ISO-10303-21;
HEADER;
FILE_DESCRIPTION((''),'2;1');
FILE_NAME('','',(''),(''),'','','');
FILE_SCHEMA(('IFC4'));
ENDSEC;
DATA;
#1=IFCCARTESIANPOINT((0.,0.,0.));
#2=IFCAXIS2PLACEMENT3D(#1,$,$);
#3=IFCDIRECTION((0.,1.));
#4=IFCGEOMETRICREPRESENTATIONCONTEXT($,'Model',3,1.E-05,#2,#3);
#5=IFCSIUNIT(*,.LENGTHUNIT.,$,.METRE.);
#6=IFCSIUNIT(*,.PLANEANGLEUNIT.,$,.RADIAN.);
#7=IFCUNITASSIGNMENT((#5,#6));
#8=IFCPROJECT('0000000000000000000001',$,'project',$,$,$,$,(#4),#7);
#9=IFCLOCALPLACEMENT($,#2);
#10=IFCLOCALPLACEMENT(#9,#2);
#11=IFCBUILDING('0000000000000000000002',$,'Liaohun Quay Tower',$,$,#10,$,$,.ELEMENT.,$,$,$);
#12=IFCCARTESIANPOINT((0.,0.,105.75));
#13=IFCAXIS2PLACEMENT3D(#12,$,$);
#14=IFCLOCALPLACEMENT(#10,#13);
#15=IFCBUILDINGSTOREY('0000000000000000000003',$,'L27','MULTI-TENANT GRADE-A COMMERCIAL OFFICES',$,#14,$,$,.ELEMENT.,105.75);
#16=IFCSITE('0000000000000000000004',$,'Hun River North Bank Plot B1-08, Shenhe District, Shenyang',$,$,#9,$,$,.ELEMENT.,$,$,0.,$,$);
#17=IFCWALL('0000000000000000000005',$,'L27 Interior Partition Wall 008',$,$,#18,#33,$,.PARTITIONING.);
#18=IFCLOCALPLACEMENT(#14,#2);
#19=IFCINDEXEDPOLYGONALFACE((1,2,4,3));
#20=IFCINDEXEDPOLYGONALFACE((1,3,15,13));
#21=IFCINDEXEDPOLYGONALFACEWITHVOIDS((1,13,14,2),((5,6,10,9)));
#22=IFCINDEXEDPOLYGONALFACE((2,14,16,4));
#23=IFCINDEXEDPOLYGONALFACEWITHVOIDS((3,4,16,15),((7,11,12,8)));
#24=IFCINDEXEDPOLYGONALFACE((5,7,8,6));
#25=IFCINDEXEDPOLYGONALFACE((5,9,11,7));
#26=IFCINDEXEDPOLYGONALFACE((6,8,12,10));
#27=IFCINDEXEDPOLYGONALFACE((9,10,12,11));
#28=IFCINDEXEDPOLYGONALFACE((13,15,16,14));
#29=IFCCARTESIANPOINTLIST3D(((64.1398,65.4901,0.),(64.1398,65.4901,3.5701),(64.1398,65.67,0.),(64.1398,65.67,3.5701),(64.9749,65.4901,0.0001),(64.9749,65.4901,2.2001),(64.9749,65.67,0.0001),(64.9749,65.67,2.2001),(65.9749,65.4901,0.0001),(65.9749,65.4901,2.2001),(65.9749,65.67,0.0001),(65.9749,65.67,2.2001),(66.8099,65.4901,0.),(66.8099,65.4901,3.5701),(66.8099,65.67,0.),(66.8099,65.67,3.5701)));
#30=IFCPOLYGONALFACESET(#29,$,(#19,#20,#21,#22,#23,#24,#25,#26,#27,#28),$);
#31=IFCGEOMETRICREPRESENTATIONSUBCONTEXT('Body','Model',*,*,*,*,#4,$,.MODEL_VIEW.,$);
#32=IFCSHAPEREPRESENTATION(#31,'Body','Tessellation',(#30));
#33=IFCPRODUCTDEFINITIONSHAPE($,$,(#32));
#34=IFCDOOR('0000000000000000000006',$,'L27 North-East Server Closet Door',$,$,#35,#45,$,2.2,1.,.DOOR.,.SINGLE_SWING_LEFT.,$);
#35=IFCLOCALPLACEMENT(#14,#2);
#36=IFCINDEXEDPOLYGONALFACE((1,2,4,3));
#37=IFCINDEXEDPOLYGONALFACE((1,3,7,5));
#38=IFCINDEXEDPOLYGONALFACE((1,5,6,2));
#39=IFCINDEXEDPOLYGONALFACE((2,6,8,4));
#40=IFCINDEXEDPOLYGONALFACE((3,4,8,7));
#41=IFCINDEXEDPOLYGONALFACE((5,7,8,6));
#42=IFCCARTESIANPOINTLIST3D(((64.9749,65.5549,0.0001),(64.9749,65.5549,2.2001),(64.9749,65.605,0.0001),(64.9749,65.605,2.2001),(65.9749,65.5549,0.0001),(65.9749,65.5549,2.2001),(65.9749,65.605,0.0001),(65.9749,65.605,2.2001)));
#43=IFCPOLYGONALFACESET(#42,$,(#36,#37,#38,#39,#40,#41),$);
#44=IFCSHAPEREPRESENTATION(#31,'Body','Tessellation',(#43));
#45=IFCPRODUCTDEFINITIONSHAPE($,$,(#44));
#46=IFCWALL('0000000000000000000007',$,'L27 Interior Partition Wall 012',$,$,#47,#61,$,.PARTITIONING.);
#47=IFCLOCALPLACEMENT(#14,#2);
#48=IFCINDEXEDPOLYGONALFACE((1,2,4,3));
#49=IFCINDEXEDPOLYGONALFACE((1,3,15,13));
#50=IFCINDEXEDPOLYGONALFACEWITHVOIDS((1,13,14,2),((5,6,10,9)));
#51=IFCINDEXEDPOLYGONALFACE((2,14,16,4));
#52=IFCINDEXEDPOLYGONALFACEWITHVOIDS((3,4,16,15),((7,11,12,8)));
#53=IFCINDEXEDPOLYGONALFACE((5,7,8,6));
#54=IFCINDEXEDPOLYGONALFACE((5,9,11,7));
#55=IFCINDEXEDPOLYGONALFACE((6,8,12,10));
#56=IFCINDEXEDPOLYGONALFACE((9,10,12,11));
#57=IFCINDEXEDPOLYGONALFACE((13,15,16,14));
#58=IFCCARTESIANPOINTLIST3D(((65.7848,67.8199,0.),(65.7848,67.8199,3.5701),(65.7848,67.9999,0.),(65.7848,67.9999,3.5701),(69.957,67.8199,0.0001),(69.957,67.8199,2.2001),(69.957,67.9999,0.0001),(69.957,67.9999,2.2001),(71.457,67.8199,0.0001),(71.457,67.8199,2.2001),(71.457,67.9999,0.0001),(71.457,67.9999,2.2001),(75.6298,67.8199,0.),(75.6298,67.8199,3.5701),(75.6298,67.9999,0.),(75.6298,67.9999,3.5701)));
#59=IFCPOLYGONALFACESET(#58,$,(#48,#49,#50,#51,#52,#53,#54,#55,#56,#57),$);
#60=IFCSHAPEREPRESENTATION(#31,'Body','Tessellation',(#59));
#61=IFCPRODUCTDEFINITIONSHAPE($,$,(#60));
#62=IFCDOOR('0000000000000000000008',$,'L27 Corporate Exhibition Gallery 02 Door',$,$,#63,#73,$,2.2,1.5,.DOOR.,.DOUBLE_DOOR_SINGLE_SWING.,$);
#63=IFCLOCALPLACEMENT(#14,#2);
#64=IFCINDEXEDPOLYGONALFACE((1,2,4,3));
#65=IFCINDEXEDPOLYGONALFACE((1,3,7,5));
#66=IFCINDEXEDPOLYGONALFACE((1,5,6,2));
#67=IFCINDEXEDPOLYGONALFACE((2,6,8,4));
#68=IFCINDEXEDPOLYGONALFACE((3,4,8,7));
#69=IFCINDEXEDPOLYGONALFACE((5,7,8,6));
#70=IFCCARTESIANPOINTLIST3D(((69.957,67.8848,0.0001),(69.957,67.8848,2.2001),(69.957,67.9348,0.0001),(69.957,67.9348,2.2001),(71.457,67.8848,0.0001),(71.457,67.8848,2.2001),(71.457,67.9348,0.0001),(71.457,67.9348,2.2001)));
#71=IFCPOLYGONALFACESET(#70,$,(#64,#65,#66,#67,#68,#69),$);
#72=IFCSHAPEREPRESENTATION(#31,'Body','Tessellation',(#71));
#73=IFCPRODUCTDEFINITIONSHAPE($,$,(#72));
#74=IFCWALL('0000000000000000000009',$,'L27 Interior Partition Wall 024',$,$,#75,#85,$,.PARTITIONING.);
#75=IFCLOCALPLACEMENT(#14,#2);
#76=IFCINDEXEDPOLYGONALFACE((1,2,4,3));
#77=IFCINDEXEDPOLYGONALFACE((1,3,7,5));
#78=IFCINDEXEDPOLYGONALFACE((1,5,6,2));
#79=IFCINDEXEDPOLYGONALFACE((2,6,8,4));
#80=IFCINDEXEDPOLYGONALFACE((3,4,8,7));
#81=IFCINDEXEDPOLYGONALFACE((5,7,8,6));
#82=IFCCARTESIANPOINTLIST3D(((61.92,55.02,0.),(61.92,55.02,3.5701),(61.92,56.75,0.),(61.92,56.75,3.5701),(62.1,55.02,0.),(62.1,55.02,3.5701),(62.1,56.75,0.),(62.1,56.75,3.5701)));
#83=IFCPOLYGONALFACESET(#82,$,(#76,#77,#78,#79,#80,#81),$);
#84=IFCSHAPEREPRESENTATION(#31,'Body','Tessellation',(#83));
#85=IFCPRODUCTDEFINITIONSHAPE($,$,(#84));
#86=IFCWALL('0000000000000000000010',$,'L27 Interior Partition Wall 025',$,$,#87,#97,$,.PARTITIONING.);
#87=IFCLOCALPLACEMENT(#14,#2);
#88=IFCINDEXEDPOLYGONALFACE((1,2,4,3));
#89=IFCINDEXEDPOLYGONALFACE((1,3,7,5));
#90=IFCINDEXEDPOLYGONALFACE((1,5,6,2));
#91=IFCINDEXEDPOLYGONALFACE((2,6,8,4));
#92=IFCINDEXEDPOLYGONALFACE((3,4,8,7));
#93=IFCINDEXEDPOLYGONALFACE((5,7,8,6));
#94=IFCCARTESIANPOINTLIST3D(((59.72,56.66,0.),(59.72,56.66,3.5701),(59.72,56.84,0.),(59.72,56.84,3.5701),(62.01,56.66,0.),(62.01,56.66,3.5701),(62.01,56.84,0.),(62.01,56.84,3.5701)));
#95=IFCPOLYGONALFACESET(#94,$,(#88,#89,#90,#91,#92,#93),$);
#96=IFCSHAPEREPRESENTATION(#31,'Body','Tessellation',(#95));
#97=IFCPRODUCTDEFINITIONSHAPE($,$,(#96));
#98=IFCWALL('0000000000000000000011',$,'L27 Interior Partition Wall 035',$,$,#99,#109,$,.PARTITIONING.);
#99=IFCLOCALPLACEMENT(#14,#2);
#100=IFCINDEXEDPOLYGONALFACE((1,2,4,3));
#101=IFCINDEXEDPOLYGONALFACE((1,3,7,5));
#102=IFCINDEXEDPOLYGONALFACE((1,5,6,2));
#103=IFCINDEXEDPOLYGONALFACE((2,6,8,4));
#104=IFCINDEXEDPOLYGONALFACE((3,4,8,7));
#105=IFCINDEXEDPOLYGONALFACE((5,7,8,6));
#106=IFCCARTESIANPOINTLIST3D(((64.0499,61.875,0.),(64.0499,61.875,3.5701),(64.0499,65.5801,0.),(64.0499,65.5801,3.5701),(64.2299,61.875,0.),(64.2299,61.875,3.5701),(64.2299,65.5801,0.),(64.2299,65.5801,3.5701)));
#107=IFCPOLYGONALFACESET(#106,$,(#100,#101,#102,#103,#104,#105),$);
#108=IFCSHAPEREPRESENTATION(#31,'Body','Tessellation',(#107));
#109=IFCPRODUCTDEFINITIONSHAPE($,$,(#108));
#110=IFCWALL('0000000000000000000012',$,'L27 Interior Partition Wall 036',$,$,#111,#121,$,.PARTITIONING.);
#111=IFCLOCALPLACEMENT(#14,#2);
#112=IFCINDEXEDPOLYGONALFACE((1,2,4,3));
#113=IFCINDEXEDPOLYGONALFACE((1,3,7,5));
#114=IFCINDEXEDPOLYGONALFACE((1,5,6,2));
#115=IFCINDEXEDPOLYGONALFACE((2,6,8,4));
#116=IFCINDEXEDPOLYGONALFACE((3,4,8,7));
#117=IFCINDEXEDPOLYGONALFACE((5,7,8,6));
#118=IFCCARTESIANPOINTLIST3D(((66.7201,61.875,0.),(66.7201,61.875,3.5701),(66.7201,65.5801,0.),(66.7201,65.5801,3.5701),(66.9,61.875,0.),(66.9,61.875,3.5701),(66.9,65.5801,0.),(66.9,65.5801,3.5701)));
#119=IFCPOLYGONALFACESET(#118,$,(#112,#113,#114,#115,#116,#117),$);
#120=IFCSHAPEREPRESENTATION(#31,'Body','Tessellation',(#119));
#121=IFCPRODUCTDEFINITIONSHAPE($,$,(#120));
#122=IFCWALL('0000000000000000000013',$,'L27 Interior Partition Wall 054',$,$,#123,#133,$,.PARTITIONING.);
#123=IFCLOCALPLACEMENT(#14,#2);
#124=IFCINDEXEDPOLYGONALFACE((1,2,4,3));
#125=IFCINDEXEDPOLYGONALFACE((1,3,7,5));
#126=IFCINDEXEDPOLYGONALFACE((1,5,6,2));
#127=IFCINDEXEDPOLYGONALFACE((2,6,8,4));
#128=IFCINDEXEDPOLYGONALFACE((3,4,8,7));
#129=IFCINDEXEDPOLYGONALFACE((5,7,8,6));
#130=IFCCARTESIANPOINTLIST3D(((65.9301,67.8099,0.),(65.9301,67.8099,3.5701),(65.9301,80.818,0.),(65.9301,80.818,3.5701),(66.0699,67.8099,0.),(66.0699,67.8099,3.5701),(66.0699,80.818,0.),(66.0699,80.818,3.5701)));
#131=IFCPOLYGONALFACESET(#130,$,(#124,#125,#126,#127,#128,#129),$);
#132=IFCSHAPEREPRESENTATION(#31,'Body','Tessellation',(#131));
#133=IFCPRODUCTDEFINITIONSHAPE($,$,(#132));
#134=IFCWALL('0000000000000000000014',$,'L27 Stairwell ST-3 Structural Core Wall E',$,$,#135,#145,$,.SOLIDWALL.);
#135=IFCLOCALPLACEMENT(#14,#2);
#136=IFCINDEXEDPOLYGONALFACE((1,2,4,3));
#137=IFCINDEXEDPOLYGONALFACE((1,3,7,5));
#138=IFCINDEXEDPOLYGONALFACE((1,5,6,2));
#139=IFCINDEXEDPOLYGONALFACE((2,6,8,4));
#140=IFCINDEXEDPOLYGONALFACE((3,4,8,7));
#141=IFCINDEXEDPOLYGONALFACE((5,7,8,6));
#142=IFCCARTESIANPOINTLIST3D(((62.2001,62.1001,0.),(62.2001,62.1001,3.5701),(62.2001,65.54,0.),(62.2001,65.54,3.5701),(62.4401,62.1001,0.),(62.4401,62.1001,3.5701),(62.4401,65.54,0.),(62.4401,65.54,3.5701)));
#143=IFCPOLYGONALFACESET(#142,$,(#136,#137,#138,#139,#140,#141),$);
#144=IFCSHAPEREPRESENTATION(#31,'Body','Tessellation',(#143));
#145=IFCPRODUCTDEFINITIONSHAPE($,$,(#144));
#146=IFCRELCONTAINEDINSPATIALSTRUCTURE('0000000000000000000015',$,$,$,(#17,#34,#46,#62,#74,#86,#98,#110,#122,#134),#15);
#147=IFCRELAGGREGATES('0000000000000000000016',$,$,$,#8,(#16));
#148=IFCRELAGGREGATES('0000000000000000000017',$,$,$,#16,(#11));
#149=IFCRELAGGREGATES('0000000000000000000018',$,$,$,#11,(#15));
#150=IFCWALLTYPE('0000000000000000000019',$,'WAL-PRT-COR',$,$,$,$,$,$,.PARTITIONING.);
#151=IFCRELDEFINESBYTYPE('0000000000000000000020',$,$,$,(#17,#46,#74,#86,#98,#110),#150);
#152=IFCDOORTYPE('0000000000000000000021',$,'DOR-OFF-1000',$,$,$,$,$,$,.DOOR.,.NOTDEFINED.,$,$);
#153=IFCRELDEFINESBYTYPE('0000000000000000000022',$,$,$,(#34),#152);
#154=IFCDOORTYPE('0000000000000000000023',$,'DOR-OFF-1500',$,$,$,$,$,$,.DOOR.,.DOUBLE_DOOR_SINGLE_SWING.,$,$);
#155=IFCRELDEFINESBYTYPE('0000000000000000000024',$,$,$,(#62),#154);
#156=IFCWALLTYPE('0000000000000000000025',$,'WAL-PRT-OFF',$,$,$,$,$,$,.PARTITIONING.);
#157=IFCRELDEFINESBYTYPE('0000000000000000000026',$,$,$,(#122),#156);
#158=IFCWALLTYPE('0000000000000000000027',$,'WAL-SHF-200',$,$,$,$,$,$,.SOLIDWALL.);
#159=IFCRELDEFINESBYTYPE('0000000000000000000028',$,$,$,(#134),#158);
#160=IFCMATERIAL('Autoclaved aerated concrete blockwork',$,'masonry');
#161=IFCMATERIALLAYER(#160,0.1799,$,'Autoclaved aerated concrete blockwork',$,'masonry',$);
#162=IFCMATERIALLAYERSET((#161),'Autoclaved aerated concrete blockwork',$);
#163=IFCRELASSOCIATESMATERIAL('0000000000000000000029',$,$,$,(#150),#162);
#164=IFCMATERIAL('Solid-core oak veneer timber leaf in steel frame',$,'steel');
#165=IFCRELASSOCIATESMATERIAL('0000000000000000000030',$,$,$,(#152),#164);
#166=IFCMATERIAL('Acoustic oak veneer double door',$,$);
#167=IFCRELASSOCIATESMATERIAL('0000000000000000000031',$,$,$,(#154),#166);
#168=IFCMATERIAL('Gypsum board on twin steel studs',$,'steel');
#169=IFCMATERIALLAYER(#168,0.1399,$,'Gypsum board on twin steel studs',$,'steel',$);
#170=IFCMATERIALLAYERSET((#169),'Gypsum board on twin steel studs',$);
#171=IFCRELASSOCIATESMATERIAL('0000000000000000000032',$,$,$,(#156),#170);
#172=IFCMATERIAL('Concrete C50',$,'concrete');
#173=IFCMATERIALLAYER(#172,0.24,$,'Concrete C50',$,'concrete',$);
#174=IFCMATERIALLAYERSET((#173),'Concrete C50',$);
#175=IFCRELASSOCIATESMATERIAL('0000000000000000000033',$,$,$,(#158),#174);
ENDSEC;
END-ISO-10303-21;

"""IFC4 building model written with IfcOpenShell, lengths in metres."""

from ifc_helpers import new_model, si_unit, direction, frame, frame_2d, origin, place, context, subcontext, project, spatial, rectangle, extrude, source, transform, mapped, material, layer, layer_set, type_object, element, fill, save


model = new_model("IFC4")

# Units and contexts
model_context = context("Model", 3, precision=1e-05, world=origin(), true_north=direction((0.0, 1.0)))
body_context = subcontext(model_context, "Body", "Model", "MODEL_VIEW")
ifc_project = project(units=[si_unit("LENGTHUNIT", "METRE"), si_unit("PLANEANGLEUNIT", "RADIAN")], contexts=[model_context])

# Site, building, storey
site_placement = place(None, origin())
site = spatial("IfcSite", under=ifc_project, at=site_placement, Name="Hun River North Bank Plot B1-08, Shenhe District, Shenyang", CompositionType="ELEMENT", RefElevation=0.0)
building_placement = place(site_placement, origin())
building = spatial("IfcBuilding", under=site, at=building_placement, Name="Liaohun Quay Tower", CompositionType="ELEMENT")
storey_placement = place(building_placement, frame((0.0, 0.0, 105.75)))
storey = spatial("IfcBuildingStorey", under=building, at=storey_placement, Name="L27", Description="MULTI-TENANT GRADE-A COMMERCIAL OFFICES", CompositionType="ELEMENT", Elevation=105.75)

# Walls, openings, doors
ifc_material_1 = material(Name="Autoclaved aerated concrete blockwork", Category="masonry")
ifc_layer_1 = layer(ifc_material_1, 0.1799, Name="Autoclaved aerated concrete blockwork", Category="masonry")
ifc_layer_set_1 = layer_set([ifc_layer_1], Name="Autoclaved aerated concrete blockwork")
wall_type_1 = type_object("IfcWallType", Name="WAL-PRT-COR", PredefinedType="PARTITIONING", material=ifc_layer_set_1)
wall_1_placement = place(storey_placement, frame((64.1399, 65.5801, 0.0), z_axis=(0.0, 0.0, 1.0), x_axis=(1.0, 0.0, 0.0)))
wall_1 = element("IfcWall", 1, at=wall_1_placement, inside=storey, type_object=wall_type_1, Name="L27 Interior Partition Wall 008", PredefinedType="PARTITIONING", context=body_context, shape_type="SweptSolid", body=[
    extrude(rectangle(XDim=2.6702, YDim=0.1799, at=frame_2d((1.335, 0.0))), origin(), (0.0, 0.0, 1.0), 3.5701),
])
shared_shape_1 = source(origin(), body_context, "Body", "SweptSolid", [
    extrude(rectangle(XDim=1.0, YDim=2.2, at=frame_2d((0.5, 1.1001))), frame((0.0, 0.0999, 0.0), z_axis=(0.0, -1.0, 0.0), x_axis=(1.0, 0.0, 0.0)), (0.0, 0.0, 1.0), 0.2),
])
opening_1_placement = place(wall_1_placement, frame((0.835, 0.0, 0.0)))
opening_1 = element("IfcOpeningElement", 2, at=opening_1_placement, cuts=wall_1, PredefinedType="OPENING", context=body_context, shape_type="MappedRepresentation", body=[
    mapped(shared_shape_1, transform((0.0, 0.0, 0.0), x_axis=(1.0, 0.0, 0.0), y_axis=(0.0, 1.0, 0.0), z_axis=(0.0, 0.0, 1.0), scale=1.0)),
])
ifc_material_2 = material(Name="Solid-core oak veneer timber leaf in steel frame", Category="steel")
door_type_1 = type_object("IfcDoorType", Name="DOR-OFF-1000", OperationType="NOTDEFINED", PredefinedType="DOOR", material=ifc_material_2)
shared_shape_2 = source(origin(), body_context, "Body", "SweptSolid", [
    extrude(rectangle(XDim=1.0, YDim=2.2, at=frame_2d((0.5, 1.1001))), frame((0.0, 0.0249, 0.0), z_axis=(0.0, -1.0, 0.0), x_axis=(1.0, 0.0, 0.0)), (0.0, 0.0, 1.0), 0.05),
])
door_1_placement = place(opening_1_placement, origin())
door_1 = element("IfcDoor", 3, at=door_1_placement, inside=storey, type_object=door_type_1, Name="L27 North-East Server Closet Door", OperationType="SINGLE_SWING_LEFT", OverallHeight=2.2, OverallWidth=1.0, PredefinedType="DOOR", context=body_context, shape_type="MappedRepresentation", body=[
    mapped(shared_shape_2, transform((0.0, 0.0, 0.0), x_axis=(1.0, 0.0, 0.0), y_axis=(0.0, 1.0, 0.0), z_axis=(0.0, 0.0, 1.0), scale=1.0)),
])
fill(opening_1, door_1)
wall_2_placement = place(storey_placement, frame((65.7849, 67.9099, 0.0), z_axis=(0.0, 0.0, 1.0), x_axis=(1.0, 0.0, 0.0)))
wall_2 = element("IfcWall", 4, at=wall_2_placement, inside=storey, type_object=wall_type_1, Name="L27 Interior Partition Wall 012", PredefinedType="PARTITIONING", context=body_context, shape_type="SweptSolid", body=[
    extrude(rectangle(XDim=9.845, YDim=0.1799, at=frame_2d((4.9224, 0.0))), origin(), (0.0, 0.0, 1.0), 3.5701),
])
shared_shape_3 = source(origin(), body_context, "Body", "SweptSolid", [
    extrude(rectangle(XDim=1.5, YDim=2.2, at=frame_2d((0.75, 1.1001))), frame((0.0, 0.0999, 0.0), z_axis=(0.0, -1.0, 0.0), x_axis=(1.0, 0.0, 0.0)), (0.0, 0.0, 1.0), 0.2),
])
opening_2_placement = place(wall_2_placement, frame((4.1721, 0.0, 0.0)))
opening_2 = element("IfcOpeningElement", 5, at=opening_2_placement, cuts=wall_2, PredefinedType="OPENING", context=body_context, shape_type="MappedRepresentation", body=[
    mapped(shared_shape_3, transform((0.0, 0.0, 0.0), x_axis=(1.0, 0.0, 0.0), y_axis=(0.0, 1.0, 0.0), z_axis=(0.0, 0.0, 1.0), scale=1.0)),
])
ifc_material_3 = material(Name="Acoustic oak veneer double door")
door_type_2 = type_object("IfcDoorType", Name="DOR-OFF-1500", OperationType="DOUBLE_DOOR_SINGLE_SWING", PredefinedType="DOOR", material=ifc_material_3)
shared_shape_4 = source(origin(), body_context, "Body", "SweptSolid", [
    extrude(rectangle(XDim=1.5, YDim=2.2, at=frame_2d((0.75, 1.1001))), frame((0.0, 0.0249, 0.0), z_axis=(0.0, -1.0, 0.0), x_axis=(1.0, 0.0, 0.0)), (0.0, 0.0, 1.0), 0.05),
])
door_2_placement = place(opening_2_placement, origin())
door_2 = element("IfcDoor", 6, at=door_2_placement, inside=storey, type_object=door_type_2, Name="L27 Corporate Exhibition Gallery 02 Door", OperationType="DOUBLE_DOOR_SINGLE_SWING", OverallHeight=2.2, OverallWidth=1.5, PredefinedType="DOOR", context=body_context, shape_type="MappedRepresentation", body=[
    mapped(shared_shape_4, transform((0.0, 0.0, 0.0), x_axis=(1.0, 0.0, 0.0), y_axis=(0.0, 1.0, 0.0), z_axis=(0.0, 0.0, 1.0), scale=1.0)),
])
fill(opening_2, door_2)

# Walls
wall_3_placement = place(storey_placement, frame((62.01, 55.02, 0.0), z_axis=(0.0, 0.0, 1.0), x_axis=(0.0, 1.0, 0.0)))
element("IfcWall", 7, at=wall_3_placement, inside=storey, type_object=wall_type_1, Name="L27 Interior Partition Wall 024", PredefinedType="PARTITIONING", context=body_context, shape_type="SweptSolid", body=[
    extrude(rectangle(XDim=1.73, YDim=0.1799, at=frame_2d((0.865, 0.0))), origin(), (0.0, 0.0, 1.0), 3.5701),
])
wall_4_placement = place(storey_placement, frame((59.72, 56.75, 0.0), z_axis=(0.0, 0.0, 1.0), x_axis=(1.0, 0.0, 0.0)))
element("IfcWall", 8, at=wall_4_placement, inside=storey, type_object=wall_type_1, Name="L27 Interior Partition Wall 025", PredefinedType="PARTITIONING", context=body_context, shape_type="SweptSolid", body=[
    extrude(rectangle(XDim=2.29, YDim=0.1799, at=frame_2d((1.145, 0.0))), origin(), (0.0, 0.0, 1.0), 3.5701),
])
for number, where, z_axis, x_axis, name in (
    (9, (64.1399, 61.875, 0.0), (0.0, 0.0, 1.0), (0.0, 1.0, 0.0), "L27 Interior Partition Wall 035"),
    (10, (66.8101, 61.875, 0.0), (0.0, 0.0, 1.0), (0.0, 1.0, 0.0), "L27 Interior Partition Wall 036"),
):
    element("IfcWall", number, at=place(storey_placement, frame(where, z_axis=z_axis, x_axis=x_axis)), inside=storey, type_object=wall_type_1, Name=name, PredefinedType="PARTITIONING", context=body_context, shape_type="SweptSolid", body=[
        extrude(rectangle(XDim=3.7051, YDim=0.1799, at=frame_2d((1.8525, 0.0))), origin(), (0.0, 0.0, 1.0), 3.5701),
    ])
ifc_material_4 = material(Name="Gypsum board on twin steel studs", Category="steel")
ifc_layer_2 = layer(ifc_material_4, 0.1399, Name="Gypsum board on twin steel studs", Category="steel")
ifc_layer_set_2 = layer_set([ifc_layer_2], Name="Gypsum board on twin steel studs")
wall_type_2 = type_object("IfcWallType", Name="WAL-PRT-OFF", PredefinedType="PARTITIONING", material=ifc_layer_set_2)
wall_5_placement = place(storey_placement, frame((66.0, 67.8101, 0.0), z_axis=(0.0, 0.0, 1.0), x_axis=(0.0, 1.0, 0.0)))
element("IfcWall", 11, at=wall_5_placement, inside=storey, type_object=wall_type_2, Name="L27 Interior Partition Wall 054", PredefinedType="PARTITIONING", context=body_context, shape_type="SweptSolid", body=[
    extrude(rectangle(XDim=13.0081, YDim=0.1399, at=frame_2d((6.5039, 0.0))), origin(), (0.0, 0.0, 1.0), 3.5701),
])
ifc_material_5 = material(Name="Concrete C50", Category="concrete")
ifc_layer_3 = layer(ifc_material_5, 0.24, Name="Concrete C50", Category="concrete")
ifc_layer_set_3 = layer_set([ifc_layer_3], Name="Concrete C50")
wall_type_3 = type_object("IfcWallType", Name="WAL-SHF-200", PredefinedType="SOLIDWALL", material=ifc_layer_set_3)
wall_6_placement = place(storey_placement, frame((62.3201, 62.1001, 0.0), z_axis=(0.0, 0.0, 1.0), x_axis=(0.0, 1.0, 0.0)))
element("IfcWall", 12, at=wall_6_placement, inside=storey, type_object=wall_type_3, Name="L27 Stairwell ST-3 Structural Core Wall E", PredefinedType="SOLIDWALL", context=body_context, shape_type="SweptSolid", body=[
    extrude(rectangle(XDim=3.4399, YDim=0.24, at=frame_2d((1.72, 0.0))), origin(), (0.0, 0.0, 1.0), 3.5701),
])

save(model, "model.ifc")
